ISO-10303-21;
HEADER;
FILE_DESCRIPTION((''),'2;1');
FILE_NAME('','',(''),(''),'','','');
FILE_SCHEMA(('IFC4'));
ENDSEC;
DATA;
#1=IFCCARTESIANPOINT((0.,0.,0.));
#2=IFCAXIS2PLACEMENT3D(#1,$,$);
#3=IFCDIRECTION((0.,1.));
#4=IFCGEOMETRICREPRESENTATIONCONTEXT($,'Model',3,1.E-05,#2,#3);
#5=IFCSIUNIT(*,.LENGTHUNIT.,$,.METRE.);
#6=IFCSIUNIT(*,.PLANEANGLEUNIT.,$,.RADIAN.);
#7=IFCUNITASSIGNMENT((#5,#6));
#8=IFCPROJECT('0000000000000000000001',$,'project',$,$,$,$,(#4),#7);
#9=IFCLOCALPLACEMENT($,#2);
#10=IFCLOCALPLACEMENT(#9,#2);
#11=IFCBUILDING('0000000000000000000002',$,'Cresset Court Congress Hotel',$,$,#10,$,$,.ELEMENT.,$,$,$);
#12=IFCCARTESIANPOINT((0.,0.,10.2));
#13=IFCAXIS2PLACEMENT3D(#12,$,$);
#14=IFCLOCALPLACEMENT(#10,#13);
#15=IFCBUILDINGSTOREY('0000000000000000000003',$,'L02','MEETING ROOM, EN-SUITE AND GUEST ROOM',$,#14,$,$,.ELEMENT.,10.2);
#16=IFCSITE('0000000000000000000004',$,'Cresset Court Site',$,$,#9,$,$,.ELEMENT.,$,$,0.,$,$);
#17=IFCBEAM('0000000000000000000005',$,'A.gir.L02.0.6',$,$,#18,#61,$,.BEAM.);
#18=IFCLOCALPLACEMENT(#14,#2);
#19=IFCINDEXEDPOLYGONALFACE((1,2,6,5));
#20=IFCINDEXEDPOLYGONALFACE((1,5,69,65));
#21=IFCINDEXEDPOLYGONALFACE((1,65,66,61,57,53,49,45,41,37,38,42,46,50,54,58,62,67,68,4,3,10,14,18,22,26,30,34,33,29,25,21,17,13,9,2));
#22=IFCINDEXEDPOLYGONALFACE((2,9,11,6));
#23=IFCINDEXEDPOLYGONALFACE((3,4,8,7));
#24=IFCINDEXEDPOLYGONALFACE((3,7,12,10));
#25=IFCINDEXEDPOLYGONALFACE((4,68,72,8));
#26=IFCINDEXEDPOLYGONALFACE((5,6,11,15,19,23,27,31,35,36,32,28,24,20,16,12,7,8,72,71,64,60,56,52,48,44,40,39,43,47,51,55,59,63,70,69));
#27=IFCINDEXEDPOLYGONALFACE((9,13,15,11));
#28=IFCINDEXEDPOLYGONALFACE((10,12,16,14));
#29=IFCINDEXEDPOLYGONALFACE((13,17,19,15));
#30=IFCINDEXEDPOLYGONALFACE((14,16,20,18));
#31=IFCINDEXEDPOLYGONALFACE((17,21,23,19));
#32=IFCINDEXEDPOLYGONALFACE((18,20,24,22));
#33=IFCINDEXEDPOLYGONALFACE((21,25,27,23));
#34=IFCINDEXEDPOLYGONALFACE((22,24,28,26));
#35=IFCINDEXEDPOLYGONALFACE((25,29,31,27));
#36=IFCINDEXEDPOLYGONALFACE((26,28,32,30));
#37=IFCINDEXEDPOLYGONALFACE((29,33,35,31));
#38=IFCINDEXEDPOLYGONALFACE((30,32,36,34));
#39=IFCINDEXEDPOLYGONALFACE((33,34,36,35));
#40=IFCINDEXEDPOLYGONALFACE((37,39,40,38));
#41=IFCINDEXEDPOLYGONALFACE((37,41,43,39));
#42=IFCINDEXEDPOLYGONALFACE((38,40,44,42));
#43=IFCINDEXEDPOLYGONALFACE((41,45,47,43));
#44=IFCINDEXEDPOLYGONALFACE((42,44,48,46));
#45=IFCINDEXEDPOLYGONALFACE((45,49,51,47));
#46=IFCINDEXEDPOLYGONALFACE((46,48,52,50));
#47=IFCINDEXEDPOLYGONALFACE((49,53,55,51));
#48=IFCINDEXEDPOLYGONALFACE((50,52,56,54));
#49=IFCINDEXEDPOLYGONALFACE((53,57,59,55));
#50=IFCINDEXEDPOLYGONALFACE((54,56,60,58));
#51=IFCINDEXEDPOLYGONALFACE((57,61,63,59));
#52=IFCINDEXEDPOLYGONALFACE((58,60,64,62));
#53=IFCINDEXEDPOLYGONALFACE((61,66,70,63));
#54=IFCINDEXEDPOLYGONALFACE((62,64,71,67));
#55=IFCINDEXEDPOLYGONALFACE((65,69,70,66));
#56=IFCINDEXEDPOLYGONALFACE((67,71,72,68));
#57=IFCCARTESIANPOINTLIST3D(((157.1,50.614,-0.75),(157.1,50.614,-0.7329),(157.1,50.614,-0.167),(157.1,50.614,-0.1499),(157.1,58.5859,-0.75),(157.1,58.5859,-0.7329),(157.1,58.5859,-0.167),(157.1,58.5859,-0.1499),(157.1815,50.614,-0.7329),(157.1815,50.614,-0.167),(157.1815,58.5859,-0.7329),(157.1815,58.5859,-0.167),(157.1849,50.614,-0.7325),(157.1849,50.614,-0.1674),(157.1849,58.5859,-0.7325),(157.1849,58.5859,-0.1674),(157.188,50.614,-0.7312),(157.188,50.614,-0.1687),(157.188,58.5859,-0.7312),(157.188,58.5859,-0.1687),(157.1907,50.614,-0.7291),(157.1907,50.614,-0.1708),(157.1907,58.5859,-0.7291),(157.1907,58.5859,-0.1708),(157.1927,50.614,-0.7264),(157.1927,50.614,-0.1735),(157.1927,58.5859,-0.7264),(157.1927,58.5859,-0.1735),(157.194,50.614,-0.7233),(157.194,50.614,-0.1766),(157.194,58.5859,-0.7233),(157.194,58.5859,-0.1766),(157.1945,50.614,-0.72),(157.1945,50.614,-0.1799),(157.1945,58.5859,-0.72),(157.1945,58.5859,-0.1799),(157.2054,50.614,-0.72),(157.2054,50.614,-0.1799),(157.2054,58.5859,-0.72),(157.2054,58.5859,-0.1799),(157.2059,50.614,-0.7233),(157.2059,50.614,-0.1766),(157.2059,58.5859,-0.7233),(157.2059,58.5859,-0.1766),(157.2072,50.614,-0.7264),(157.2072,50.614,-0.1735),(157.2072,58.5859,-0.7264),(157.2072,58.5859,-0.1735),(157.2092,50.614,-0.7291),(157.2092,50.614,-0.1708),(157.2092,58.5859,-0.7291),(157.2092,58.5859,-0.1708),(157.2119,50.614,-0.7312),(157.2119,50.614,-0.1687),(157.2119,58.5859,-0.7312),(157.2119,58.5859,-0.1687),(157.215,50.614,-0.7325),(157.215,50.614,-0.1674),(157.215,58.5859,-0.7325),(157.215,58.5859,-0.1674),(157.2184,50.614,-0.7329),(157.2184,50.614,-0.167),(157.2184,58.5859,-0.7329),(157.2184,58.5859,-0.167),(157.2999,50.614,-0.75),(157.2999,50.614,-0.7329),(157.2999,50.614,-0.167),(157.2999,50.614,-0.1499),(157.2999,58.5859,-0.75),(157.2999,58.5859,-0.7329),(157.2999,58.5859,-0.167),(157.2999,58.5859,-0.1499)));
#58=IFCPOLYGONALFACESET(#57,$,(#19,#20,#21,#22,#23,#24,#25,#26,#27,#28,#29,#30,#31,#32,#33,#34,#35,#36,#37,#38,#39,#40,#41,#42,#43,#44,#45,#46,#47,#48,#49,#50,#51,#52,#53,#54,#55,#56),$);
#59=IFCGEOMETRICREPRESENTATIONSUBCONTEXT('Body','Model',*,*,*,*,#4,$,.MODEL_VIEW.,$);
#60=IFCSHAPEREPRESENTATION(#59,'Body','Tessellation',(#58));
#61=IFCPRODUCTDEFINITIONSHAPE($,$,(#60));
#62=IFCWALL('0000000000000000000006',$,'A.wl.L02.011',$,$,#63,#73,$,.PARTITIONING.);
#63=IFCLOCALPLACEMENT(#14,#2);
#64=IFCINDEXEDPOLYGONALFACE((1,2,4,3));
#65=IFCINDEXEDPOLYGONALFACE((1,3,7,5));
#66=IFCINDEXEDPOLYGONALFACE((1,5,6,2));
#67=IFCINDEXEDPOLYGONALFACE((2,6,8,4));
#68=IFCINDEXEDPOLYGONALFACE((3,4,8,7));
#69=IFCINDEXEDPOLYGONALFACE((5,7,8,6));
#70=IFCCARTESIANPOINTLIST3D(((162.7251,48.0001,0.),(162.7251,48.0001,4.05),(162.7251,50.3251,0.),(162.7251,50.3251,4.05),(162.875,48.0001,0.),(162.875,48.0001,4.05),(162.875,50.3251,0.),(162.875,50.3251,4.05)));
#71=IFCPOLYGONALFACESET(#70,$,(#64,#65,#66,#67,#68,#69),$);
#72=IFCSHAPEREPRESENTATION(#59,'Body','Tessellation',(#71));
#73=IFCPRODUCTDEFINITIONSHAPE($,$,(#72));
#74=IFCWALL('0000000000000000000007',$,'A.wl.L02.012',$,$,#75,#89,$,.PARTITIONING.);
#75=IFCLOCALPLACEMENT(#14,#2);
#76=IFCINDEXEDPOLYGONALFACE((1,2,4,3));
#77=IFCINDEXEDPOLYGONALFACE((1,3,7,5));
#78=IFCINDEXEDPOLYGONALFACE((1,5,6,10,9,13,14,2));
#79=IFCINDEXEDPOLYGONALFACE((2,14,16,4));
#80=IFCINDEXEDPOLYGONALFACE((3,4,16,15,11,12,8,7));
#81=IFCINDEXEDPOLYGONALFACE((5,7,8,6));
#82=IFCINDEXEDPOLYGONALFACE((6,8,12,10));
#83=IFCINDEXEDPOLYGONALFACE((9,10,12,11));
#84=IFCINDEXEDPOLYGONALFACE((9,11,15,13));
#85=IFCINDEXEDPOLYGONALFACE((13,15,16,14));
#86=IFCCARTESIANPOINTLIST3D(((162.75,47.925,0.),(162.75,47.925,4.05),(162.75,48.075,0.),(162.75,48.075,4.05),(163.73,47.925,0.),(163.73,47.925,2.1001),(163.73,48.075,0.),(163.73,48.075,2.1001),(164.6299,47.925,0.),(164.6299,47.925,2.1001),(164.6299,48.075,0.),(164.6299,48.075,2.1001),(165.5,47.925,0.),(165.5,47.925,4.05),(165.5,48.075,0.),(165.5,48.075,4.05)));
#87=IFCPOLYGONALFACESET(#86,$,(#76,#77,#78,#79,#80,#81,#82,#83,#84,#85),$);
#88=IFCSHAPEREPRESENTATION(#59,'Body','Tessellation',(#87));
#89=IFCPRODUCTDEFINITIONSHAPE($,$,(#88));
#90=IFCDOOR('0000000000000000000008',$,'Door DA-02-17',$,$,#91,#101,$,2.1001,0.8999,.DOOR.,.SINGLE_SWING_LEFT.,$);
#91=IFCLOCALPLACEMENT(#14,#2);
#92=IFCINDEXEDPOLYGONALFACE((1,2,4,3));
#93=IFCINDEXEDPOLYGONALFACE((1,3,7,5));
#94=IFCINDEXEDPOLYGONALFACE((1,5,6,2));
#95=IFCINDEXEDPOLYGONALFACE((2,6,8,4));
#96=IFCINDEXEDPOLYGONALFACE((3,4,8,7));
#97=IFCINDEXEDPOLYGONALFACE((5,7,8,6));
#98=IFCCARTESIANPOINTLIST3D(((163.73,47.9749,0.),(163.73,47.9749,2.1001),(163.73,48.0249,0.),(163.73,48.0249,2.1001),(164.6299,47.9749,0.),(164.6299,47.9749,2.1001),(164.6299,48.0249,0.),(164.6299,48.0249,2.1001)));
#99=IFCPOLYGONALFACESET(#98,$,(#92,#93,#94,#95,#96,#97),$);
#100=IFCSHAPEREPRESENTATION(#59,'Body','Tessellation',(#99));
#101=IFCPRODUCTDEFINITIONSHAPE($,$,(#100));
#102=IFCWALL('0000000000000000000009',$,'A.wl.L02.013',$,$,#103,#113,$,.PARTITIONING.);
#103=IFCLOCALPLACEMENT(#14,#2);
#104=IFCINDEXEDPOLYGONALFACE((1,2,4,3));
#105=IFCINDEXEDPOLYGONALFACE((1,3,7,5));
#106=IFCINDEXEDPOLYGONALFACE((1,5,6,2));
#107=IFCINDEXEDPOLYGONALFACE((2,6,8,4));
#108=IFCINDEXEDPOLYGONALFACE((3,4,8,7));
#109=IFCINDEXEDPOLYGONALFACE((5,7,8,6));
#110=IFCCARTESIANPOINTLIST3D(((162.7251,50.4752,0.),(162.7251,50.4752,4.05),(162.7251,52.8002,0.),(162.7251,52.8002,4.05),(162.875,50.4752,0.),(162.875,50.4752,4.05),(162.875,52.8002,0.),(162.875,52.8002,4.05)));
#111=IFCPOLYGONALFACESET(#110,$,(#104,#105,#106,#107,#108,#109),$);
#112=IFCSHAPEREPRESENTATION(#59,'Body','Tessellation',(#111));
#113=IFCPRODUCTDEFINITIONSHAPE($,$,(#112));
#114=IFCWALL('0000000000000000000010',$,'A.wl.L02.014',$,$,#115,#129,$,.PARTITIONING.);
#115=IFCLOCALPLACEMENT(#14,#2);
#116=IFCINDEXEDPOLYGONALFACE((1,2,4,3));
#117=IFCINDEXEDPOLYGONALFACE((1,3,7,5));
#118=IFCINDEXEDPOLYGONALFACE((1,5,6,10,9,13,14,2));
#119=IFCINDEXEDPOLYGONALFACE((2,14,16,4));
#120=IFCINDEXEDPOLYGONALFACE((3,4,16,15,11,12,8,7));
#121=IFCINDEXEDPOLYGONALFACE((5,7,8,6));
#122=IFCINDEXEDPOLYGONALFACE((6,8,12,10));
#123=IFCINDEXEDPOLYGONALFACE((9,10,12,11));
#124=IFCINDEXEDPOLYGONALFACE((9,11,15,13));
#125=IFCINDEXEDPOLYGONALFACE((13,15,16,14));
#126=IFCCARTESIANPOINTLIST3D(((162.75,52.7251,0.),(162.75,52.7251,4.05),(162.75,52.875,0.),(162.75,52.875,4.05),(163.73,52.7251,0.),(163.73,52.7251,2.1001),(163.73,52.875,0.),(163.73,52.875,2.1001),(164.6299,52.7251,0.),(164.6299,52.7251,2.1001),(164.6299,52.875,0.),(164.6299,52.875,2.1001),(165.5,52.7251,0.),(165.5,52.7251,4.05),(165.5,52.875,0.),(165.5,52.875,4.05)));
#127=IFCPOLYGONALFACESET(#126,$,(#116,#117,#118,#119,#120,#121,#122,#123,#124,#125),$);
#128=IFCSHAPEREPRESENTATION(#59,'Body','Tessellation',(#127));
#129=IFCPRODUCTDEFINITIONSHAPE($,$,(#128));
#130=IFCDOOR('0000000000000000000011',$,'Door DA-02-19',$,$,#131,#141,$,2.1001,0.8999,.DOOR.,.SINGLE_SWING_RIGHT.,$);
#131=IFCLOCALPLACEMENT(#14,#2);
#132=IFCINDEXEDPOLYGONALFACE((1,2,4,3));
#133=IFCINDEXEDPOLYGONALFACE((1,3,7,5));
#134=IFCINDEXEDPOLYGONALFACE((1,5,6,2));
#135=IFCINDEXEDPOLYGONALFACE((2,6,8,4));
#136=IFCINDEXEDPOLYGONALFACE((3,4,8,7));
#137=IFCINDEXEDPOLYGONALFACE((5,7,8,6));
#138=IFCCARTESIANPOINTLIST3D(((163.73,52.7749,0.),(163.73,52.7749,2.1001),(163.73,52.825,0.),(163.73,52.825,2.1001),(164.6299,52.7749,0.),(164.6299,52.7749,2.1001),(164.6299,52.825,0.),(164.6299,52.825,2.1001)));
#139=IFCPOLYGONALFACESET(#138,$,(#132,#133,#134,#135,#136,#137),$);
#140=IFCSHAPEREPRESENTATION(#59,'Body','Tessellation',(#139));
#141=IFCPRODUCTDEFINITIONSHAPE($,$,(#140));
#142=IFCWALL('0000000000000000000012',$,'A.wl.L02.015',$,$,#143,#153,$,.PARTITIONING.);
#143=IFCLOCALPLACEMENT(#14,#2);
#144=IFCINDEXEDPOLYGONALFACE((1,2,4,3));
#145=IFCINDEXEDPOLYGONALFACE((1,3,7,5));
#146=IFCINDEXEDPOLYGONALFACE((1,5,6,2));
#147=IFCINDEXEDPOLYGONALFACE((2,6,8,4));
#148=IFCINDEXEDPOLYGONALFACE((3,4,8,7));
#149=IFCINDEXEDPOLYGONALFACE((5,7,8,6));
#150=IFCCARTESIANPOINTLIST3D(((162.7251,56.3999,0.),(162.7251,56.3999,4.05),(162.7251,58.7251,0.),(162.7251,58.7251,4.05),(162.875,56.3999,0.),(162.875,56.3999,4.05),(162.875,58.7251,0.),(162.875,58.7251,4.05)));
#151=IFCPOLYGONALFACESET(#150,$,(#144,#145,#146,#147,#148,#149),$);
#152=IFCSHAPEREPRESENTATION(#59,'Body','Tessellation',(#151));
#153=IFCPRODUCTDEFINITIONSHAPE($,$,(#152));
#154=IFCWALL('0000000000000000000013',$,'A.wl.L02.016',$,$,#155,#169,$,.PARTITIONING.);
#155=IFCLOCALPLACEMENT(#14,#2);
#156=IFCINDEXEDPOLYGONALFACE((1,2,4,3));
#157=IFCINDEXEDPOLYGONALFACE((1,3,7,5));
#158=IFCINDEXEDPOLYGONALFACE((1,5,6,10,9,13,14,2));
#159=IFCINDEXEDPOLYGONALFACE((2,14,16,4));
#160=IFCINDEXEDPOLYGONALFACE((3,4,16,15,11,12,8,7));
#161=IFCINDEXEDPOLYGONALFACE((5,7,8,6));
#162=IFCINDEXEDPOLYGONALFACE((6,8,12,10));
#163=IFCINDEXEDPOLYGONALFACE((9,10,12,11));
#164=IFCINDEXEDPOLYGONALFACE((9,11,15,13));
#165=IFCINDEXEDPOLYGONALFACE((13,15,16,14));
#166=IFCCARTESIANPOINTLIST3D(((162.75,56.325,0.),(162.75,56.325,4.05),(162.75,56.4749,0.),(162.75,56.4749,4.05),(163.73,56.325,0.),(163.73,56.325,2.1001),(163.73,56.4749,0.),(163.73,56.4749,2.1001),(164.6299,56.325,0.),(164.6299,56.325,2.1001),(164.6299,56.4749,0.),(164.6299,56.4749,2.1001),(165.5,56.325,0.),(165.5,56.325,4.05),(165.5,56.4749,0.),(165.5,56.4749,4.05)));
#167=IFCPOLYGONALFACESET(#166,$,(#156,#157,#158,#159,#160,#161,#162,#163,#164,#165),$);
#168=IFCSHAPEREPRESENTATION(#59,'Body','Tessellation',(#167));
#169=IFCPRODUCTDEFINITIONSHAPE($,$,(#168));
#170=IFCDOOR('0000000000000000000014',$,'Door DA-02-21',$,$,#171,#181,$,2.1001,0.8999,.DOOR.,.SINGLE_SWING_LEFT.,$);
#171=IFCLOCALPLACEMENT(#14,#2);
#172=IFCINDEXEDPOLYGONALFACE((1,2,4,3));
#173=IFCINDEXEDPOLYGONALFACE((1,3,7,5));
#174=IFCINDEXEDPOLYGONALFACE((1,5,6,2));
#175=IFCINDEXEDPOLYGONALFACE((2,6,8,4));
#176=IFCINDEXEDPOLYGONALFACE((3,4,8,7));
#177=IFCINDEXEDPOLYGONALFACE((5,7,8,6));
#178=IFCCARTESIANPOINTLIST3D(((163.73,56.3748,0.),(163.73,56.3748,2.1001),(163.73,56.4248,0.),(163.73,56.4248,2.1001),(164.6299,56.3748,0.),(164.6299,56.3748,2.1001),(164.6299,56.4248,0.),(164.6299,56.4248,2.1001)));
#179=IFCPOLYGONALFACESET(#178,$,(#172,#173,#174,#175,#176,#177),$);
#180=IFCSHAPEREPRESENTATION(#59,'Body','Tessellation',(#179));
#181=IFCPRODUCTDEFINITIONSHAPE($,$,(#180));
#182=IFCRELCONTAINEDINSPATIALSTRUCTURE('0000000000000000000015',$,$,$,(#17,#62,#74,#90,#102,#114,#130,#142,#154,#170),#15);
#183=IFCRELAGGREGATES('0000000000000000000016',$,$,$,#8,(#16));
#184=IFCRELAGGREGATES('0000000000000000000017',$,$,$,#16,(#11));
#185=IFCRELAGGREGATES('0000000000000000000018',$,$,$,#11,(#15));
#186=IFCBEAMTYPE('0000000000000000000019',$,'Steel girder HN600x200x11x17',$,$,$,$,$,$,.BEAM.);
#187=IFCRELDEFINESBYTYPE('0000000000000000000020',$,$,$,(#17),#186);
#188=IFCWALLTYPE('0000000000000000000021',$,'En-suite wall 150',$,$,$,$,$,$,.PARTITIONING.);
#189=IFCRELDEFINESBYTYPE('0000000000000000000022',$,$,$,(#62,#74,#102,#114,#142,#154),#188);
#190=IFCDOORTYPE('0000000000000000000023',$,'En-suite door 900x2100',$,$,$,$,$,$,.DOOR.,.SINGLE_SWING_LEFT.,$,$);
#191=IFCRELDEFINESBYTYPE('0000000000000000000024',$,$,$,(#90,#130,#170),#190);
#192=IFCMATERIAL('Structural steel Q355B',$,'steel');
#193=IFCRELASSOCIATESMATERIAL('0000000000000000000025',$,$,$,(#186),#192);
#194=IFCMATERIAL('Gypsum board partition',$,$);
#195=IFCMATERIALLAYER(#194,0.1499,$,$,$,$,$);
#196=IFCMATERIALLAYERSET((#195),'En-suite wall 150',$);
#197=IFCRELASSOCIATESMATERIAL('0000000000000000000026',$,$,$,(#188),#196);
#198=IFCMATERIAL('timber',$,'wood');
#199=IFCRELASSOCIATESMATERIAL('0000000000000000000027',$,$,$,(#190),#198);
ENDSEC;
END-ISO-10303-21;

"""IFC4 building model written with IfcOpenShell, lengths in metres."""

from ifc_helpers import new_model, si_unit, direction, frame, frame_2d, origin, origin_2d, place, context, subcontext, project, spatial, rectangle, i_section, extrude, material, layer, layer_set, material_profile, profile_set, type_object, element, fill, save


model = new_model("IFC4")

# Units and contexts
model_context = context("Model", 3, precision=1e-05, world=origin(), true_north=direction((0.0, 1.0)))
body_context = subcontext(model_context, "Body", "Model", "MODEL_VIEW")
ifc_project = project(units=[si_unit("LENGTHUNIT", "METRE"), si_unit("PLANEANGLEUNIT", "RADIAN")], contexts=[model_context])

# Site, building, storey
site_placement = place(None, origin())
site = spatial("IfcSite", under=ifc_project, at=site_placement, Name="Cresset Court Site", CompositionType="ELEMENT", RefElevation=0.0)
building_placement = place(site_placement, origin())
building = spatial("IfcBuilding", under=site, at=building_placement, Name="Cresset Court Congress Hotel", CompositionType="ELEMENT")
storey_placement = place(building_placement, frame((0.0, 0.0, 10.2)))
storey = spatial("IfcBuildingStorey", under=building, at=storey_placement, Name="L02", Description="MEETING ROOM, EN-SUITE AND GUEST ROOM", CompositionType="ELEMENT", Elevation=10.2)

# Beam
ifc_material_1 = material(Name="Structural steel Q355B", Category="steel")
ifc_material_profile_1 = material_profile(ifc_material_1, i_section(OverallWidth=0.2, OverallDepth=0.6001, WebThickness=0.011, FlangeThickness=0.0171, FilletRadius=0.0129, at=origin_2d()), Name="HN600x200x11x17")
ifc_profile_set_1 = profile_set([ifc_material_profile_1], Name="Structural steel Q355B")
beam_type_1 = type_object("IfcBeamType", Name="Steel girder HN600x200x11x17", PredefinedType="BEAM", material=ifc_profile_set_1)
beam_1_placement = place(storey_placement, frame((157.2, 50.614, -0.45), z_axis=(0.0, 1.0, 0.0), x_axis=(-1.0, 0.0, 0.0)))
element("IfcBeam", 1, at=beam_1_placement, inside=storey, type_object=beam_type_1, Name="A.gir.L02.0.6", PredefinedType="BEAM", context=body_context, shape_type="SweptSolid", body=[
    extrude(i_section(OverallWidth=0.2, OverallDepth=0.6001, WebThickness=0.011, FlangeThickness=0.0171, FilletRadius=0.0129, at=origin_2d()), origin(), (0.0, 0.0, 1.0), 7.9719),
])

# Wall
ifc_material_2 = material(Name="Gypsum board partition")
ifc_layer_1 = layer(ifc_material_2, 0.1499)
ifc_layer_set_1 = layer_set([ifc_layer_1], Name="En-suite wall 150")
wall_type_1 = type_object("IfcWallType", Name="En-suite wall 150", PredefinedType="PARTITIONING", material=ifc_layer_set_1)
wall_1_placement = place(storey_placement, frame((162.8, 48.0, 0.0), z_axis=(0.0, 0.0, 1.0), x_axis=(0.0, 1.0, 0.0)))
element("IfcWall", 2, at=wall_1_placement, inside=storey, type_object=wall_type_1, Name="A.wl.L02.011", PredefinedType="PARTITIONING", context=body_context, shape_type="SweptSolid", body=[
    extrude(rectangle(XDim=2.325, YDim=0.1499, at=frame_2d((1.1626, 0.0))), origin(), (0.0, 0.0, 1.0), 4.05),
])

# Wall, opening, door
wall_2_placement = place(storey_placement, frame((162.75, 48.0, 0.0), z_axis=(0.0, 0.0, 1.0), x_axis=(1.0, 0.0, 0.0)))
wall_2 = element("IfcWall", 3, at=wall_2_placement, inside=storey, type_object=wall_type_1, Name="A.wl.L02.012", PredefinedType="PARTITIONING", context=body_context, shape_type="SweptSolid", body=[
    extrude(rectangle(XDim=2.75, YDim=0.1499, at=frame_2d((1.375, 0.0))), origin(), (0.0, 0.0, 1.0), 4.05),
])
opening_1_placement = place(wall_2_placement, frame((0.98, 0.0, 0.0)))
opening_1 = element("IfcOpeningElement", 4, at=opening_1_placement, cuts=wall_2, PredefinedType="OPENING", context=body_context, shape_type="SweptSolid", body=[
    extrude(rectangle(XDim=0.8999, YDim=2.1001, at=frame_2d((0.45, 1.05))), frame((0.0, 0.085, 0.0), z_axis=(0.0, -1.0, 0.0), x_axis=(1.0, 0.0, 0.0)), (0.0, 0.0, 1.0), 0.1699),
])
ifc_material_3 = material(Name="timber", Category="wood")
door_type = type_object("IfcDoorType", Name="En-suite door 900x2100", OperationType="SINGLE_SWING_LEFT", PredefinedType="DOOR", material=ifc_material_3)
door_1_placement = place(opening_1_placement, origin())
door_1 = element("IfcDoor", 5, at=door_1_placement, inside=storey, type_object=door_type, Name="Door DA-02-17", OperationType="SINGLE_SWING_LEFT", OverallHeight=2.1001, OverallWidth=0.8999, PredefinedType="DOOR", context=body_context, shape_type="SweptSolid", body=[
    extrude(rectangle(XDim=0.8999, YDim=2.1001, at=frame_2d((0.45, 1.05))), frame((0.0, 0.0249, 0.0), z_axis=(0.0, -1.0, 0.0), x_axis=(1.0, 0.0, 0.0)), (0.0, 0.0, 1.0), 0.05),
])
fill(opening_1, door_1)

# Wall
wall_3_placement = place(storey_placement, frame((162.8, 50.4751, 0.0), z_axis=(0.0, 0.0, 1.0), x_axis=(0.0, 1.0, 0.0)))
element("IfcWall", 6, at=wall_3_placement, inside=storey, type_object=wall_type_1, Name="A.wl.L02.013", PredefinedType="PARTITIONING", context=body_context, shape_type="SweptSolid", body=[
    extrude(rectangle(XDim=2.325, YDim=0.1499, at=frame_2d((1.1626, 0.0))), origin(), (0.0, 0.0, 1.0), 4.05),
])

# Wall, opening, door
wall_4_placement = place(storey_placement, frame((162.75, 52.8, 0.0), z_axis=(0.0, 0.0, 1.0), x_axis=(1.0, 0.0, 0.0)))
wall_4 = element("IfcWall", 7, at=wall_4_placement, inside=storey, type_object=wall_type_1, Name="A.wl.L02.014", PredefinedType="PARTITIONING", context=body_context, shape_type="SweptSolid", body=[
    extrude(rectangle(XDim=2.75, YDim=0.1499, at=frame_2d((1.375, 0.0))), origin(), (0.0, 0.0, 1.0), 4.05),
])
opening_2_placement = place(wall_4_placement, frame((0.98, 0.0, 0.0)))
opening_2 = element("IfcOpeningElement", 8, at=opening_2_placement, cuts=wall_4, PredefinedType="OPENING", context=body_context, shape_type="SweptSolid", body=[
    extrude(rectangle(XDim=0.8999, YDim=2.1001, at=frame_2d((0.45, 1.05))), frame((0.0, 0.085, 0.0), z_axis=(0.0, -1.0, 0.0), x_axis=(1.0, 0.0, 0.0)), (0.0, 0.0, 1.0), 0.1699),
])
door_2_placement = place(opening_2_placement, origin())
door_2 = element("IfcDoor", 9, at=door_2_placement, inside=storey, type_object=door_type, Name="Door DA-02-19", OperationType="SINGLE_SWING_RIGHT", OverallHeight=2.1001, OverallWidth=0.8999, PredefinedType="DOOR", context=body_context, shape_type="SweptSolid", body=[
    extrude(rectangle(XDim=0.8999, YDim=2.1001, at=frame_2d((0.45, 1.05))), frame((0.0, 0.0249, 0.0), z_axis=(0.0, -1.0, 0.0), x_axis=(1.0, 0.0, 0.0)), (0.0, 0.0, 1.0), 0.05),
])
fill(opening_2, door_2)

# Wall
wall_5_placement = place(storey_placement, frame((162.8, 56.3999, 0.0), z_axis=(0.0, 0.0, 1.0), x_axis=(0.0, 1.0, 0.0)))
element("IfcWall", 10, at=wall_5_placement, inside=storey, type_object=wall_type_1, Name="A.wl.L02.015", PredefinedType="PARTITIONING", context=body_context, shape_type="SweptSolid", body=[
    extrude(rectangle(XDim=2.3252, YDim=0.1499, at=frame_2d((1.1626, 0.0))), origin(), (0.0, 0.0, 1.0), 4.05),
])

# Wall, opening, door
wall_6_placement = place(storey_placement, frame((162.75, 56.3999, 0.0), z_axis=(0.0, 0.0, 1.0), x_axis=(1.0, 0.0, 0.0)))
wall_6 = element("IfcWall", 11, at=wall_6_placement, inside=storey, type_object=wall_type_1, Name="A.wl.L02.016", PredefinedType="PARTITIONING", context=body_context, shape_type="SweptSolid", body=[
    extrude(rectangle(XDim=2.75, YDim=0.1499, at=frame_2d((1.375, 0.0))), origin(), (0.0, 0.0, 1.0), 4.05),
])
opening_3_placement = place(wall_6_placement, frame((0.98, 0.0, 0.0)))
opening_3 = element("IfcOpeningElement", 12, at=opening_3_placement, cuts=wall_6, PredefinedType="OPENING", context=body_context, shape_type="SweptSolid", body=[
    extrude(rectangle(XDim=0.8999, YDim=2.1001, at=frame_2d((0.45, 1.05))), frame((0.0, 0.085, 0.0), z_axis=(0.0, -1.0, 0.0), x_axis=(1.0, 0.0, 0.0)), (0.0, 0.0, 1.0), 0.1699),
])
door_3_placement = place(opening_3_placement, origin())
door_3 = element("IfcDoor", 13, at=door_3_placement, inside=storey, type_object=door_type, Name="Door DA-02-21", OperationType="SINGLE_SWING_LEFT", OverallHeight=2.1001, OverallWidth=0.8999, PredefinedType="DOOR", context=body_context, shape_type="SweptSolid", body=[
    extrude(rectangle(XDim=0.8999, YDim=2.1001, at=frame_2d((0.45, 1.05))), frame((0.0, 0.0249, 0.0), z_axis=(0.0, -1.0, 0.0), x_axis=(1.0, 0.0, 0.0)), (0.0, 0.0, 1.0), 0.05),
])
fill(opening_3, door_3)

save(model, "model.ifc")
